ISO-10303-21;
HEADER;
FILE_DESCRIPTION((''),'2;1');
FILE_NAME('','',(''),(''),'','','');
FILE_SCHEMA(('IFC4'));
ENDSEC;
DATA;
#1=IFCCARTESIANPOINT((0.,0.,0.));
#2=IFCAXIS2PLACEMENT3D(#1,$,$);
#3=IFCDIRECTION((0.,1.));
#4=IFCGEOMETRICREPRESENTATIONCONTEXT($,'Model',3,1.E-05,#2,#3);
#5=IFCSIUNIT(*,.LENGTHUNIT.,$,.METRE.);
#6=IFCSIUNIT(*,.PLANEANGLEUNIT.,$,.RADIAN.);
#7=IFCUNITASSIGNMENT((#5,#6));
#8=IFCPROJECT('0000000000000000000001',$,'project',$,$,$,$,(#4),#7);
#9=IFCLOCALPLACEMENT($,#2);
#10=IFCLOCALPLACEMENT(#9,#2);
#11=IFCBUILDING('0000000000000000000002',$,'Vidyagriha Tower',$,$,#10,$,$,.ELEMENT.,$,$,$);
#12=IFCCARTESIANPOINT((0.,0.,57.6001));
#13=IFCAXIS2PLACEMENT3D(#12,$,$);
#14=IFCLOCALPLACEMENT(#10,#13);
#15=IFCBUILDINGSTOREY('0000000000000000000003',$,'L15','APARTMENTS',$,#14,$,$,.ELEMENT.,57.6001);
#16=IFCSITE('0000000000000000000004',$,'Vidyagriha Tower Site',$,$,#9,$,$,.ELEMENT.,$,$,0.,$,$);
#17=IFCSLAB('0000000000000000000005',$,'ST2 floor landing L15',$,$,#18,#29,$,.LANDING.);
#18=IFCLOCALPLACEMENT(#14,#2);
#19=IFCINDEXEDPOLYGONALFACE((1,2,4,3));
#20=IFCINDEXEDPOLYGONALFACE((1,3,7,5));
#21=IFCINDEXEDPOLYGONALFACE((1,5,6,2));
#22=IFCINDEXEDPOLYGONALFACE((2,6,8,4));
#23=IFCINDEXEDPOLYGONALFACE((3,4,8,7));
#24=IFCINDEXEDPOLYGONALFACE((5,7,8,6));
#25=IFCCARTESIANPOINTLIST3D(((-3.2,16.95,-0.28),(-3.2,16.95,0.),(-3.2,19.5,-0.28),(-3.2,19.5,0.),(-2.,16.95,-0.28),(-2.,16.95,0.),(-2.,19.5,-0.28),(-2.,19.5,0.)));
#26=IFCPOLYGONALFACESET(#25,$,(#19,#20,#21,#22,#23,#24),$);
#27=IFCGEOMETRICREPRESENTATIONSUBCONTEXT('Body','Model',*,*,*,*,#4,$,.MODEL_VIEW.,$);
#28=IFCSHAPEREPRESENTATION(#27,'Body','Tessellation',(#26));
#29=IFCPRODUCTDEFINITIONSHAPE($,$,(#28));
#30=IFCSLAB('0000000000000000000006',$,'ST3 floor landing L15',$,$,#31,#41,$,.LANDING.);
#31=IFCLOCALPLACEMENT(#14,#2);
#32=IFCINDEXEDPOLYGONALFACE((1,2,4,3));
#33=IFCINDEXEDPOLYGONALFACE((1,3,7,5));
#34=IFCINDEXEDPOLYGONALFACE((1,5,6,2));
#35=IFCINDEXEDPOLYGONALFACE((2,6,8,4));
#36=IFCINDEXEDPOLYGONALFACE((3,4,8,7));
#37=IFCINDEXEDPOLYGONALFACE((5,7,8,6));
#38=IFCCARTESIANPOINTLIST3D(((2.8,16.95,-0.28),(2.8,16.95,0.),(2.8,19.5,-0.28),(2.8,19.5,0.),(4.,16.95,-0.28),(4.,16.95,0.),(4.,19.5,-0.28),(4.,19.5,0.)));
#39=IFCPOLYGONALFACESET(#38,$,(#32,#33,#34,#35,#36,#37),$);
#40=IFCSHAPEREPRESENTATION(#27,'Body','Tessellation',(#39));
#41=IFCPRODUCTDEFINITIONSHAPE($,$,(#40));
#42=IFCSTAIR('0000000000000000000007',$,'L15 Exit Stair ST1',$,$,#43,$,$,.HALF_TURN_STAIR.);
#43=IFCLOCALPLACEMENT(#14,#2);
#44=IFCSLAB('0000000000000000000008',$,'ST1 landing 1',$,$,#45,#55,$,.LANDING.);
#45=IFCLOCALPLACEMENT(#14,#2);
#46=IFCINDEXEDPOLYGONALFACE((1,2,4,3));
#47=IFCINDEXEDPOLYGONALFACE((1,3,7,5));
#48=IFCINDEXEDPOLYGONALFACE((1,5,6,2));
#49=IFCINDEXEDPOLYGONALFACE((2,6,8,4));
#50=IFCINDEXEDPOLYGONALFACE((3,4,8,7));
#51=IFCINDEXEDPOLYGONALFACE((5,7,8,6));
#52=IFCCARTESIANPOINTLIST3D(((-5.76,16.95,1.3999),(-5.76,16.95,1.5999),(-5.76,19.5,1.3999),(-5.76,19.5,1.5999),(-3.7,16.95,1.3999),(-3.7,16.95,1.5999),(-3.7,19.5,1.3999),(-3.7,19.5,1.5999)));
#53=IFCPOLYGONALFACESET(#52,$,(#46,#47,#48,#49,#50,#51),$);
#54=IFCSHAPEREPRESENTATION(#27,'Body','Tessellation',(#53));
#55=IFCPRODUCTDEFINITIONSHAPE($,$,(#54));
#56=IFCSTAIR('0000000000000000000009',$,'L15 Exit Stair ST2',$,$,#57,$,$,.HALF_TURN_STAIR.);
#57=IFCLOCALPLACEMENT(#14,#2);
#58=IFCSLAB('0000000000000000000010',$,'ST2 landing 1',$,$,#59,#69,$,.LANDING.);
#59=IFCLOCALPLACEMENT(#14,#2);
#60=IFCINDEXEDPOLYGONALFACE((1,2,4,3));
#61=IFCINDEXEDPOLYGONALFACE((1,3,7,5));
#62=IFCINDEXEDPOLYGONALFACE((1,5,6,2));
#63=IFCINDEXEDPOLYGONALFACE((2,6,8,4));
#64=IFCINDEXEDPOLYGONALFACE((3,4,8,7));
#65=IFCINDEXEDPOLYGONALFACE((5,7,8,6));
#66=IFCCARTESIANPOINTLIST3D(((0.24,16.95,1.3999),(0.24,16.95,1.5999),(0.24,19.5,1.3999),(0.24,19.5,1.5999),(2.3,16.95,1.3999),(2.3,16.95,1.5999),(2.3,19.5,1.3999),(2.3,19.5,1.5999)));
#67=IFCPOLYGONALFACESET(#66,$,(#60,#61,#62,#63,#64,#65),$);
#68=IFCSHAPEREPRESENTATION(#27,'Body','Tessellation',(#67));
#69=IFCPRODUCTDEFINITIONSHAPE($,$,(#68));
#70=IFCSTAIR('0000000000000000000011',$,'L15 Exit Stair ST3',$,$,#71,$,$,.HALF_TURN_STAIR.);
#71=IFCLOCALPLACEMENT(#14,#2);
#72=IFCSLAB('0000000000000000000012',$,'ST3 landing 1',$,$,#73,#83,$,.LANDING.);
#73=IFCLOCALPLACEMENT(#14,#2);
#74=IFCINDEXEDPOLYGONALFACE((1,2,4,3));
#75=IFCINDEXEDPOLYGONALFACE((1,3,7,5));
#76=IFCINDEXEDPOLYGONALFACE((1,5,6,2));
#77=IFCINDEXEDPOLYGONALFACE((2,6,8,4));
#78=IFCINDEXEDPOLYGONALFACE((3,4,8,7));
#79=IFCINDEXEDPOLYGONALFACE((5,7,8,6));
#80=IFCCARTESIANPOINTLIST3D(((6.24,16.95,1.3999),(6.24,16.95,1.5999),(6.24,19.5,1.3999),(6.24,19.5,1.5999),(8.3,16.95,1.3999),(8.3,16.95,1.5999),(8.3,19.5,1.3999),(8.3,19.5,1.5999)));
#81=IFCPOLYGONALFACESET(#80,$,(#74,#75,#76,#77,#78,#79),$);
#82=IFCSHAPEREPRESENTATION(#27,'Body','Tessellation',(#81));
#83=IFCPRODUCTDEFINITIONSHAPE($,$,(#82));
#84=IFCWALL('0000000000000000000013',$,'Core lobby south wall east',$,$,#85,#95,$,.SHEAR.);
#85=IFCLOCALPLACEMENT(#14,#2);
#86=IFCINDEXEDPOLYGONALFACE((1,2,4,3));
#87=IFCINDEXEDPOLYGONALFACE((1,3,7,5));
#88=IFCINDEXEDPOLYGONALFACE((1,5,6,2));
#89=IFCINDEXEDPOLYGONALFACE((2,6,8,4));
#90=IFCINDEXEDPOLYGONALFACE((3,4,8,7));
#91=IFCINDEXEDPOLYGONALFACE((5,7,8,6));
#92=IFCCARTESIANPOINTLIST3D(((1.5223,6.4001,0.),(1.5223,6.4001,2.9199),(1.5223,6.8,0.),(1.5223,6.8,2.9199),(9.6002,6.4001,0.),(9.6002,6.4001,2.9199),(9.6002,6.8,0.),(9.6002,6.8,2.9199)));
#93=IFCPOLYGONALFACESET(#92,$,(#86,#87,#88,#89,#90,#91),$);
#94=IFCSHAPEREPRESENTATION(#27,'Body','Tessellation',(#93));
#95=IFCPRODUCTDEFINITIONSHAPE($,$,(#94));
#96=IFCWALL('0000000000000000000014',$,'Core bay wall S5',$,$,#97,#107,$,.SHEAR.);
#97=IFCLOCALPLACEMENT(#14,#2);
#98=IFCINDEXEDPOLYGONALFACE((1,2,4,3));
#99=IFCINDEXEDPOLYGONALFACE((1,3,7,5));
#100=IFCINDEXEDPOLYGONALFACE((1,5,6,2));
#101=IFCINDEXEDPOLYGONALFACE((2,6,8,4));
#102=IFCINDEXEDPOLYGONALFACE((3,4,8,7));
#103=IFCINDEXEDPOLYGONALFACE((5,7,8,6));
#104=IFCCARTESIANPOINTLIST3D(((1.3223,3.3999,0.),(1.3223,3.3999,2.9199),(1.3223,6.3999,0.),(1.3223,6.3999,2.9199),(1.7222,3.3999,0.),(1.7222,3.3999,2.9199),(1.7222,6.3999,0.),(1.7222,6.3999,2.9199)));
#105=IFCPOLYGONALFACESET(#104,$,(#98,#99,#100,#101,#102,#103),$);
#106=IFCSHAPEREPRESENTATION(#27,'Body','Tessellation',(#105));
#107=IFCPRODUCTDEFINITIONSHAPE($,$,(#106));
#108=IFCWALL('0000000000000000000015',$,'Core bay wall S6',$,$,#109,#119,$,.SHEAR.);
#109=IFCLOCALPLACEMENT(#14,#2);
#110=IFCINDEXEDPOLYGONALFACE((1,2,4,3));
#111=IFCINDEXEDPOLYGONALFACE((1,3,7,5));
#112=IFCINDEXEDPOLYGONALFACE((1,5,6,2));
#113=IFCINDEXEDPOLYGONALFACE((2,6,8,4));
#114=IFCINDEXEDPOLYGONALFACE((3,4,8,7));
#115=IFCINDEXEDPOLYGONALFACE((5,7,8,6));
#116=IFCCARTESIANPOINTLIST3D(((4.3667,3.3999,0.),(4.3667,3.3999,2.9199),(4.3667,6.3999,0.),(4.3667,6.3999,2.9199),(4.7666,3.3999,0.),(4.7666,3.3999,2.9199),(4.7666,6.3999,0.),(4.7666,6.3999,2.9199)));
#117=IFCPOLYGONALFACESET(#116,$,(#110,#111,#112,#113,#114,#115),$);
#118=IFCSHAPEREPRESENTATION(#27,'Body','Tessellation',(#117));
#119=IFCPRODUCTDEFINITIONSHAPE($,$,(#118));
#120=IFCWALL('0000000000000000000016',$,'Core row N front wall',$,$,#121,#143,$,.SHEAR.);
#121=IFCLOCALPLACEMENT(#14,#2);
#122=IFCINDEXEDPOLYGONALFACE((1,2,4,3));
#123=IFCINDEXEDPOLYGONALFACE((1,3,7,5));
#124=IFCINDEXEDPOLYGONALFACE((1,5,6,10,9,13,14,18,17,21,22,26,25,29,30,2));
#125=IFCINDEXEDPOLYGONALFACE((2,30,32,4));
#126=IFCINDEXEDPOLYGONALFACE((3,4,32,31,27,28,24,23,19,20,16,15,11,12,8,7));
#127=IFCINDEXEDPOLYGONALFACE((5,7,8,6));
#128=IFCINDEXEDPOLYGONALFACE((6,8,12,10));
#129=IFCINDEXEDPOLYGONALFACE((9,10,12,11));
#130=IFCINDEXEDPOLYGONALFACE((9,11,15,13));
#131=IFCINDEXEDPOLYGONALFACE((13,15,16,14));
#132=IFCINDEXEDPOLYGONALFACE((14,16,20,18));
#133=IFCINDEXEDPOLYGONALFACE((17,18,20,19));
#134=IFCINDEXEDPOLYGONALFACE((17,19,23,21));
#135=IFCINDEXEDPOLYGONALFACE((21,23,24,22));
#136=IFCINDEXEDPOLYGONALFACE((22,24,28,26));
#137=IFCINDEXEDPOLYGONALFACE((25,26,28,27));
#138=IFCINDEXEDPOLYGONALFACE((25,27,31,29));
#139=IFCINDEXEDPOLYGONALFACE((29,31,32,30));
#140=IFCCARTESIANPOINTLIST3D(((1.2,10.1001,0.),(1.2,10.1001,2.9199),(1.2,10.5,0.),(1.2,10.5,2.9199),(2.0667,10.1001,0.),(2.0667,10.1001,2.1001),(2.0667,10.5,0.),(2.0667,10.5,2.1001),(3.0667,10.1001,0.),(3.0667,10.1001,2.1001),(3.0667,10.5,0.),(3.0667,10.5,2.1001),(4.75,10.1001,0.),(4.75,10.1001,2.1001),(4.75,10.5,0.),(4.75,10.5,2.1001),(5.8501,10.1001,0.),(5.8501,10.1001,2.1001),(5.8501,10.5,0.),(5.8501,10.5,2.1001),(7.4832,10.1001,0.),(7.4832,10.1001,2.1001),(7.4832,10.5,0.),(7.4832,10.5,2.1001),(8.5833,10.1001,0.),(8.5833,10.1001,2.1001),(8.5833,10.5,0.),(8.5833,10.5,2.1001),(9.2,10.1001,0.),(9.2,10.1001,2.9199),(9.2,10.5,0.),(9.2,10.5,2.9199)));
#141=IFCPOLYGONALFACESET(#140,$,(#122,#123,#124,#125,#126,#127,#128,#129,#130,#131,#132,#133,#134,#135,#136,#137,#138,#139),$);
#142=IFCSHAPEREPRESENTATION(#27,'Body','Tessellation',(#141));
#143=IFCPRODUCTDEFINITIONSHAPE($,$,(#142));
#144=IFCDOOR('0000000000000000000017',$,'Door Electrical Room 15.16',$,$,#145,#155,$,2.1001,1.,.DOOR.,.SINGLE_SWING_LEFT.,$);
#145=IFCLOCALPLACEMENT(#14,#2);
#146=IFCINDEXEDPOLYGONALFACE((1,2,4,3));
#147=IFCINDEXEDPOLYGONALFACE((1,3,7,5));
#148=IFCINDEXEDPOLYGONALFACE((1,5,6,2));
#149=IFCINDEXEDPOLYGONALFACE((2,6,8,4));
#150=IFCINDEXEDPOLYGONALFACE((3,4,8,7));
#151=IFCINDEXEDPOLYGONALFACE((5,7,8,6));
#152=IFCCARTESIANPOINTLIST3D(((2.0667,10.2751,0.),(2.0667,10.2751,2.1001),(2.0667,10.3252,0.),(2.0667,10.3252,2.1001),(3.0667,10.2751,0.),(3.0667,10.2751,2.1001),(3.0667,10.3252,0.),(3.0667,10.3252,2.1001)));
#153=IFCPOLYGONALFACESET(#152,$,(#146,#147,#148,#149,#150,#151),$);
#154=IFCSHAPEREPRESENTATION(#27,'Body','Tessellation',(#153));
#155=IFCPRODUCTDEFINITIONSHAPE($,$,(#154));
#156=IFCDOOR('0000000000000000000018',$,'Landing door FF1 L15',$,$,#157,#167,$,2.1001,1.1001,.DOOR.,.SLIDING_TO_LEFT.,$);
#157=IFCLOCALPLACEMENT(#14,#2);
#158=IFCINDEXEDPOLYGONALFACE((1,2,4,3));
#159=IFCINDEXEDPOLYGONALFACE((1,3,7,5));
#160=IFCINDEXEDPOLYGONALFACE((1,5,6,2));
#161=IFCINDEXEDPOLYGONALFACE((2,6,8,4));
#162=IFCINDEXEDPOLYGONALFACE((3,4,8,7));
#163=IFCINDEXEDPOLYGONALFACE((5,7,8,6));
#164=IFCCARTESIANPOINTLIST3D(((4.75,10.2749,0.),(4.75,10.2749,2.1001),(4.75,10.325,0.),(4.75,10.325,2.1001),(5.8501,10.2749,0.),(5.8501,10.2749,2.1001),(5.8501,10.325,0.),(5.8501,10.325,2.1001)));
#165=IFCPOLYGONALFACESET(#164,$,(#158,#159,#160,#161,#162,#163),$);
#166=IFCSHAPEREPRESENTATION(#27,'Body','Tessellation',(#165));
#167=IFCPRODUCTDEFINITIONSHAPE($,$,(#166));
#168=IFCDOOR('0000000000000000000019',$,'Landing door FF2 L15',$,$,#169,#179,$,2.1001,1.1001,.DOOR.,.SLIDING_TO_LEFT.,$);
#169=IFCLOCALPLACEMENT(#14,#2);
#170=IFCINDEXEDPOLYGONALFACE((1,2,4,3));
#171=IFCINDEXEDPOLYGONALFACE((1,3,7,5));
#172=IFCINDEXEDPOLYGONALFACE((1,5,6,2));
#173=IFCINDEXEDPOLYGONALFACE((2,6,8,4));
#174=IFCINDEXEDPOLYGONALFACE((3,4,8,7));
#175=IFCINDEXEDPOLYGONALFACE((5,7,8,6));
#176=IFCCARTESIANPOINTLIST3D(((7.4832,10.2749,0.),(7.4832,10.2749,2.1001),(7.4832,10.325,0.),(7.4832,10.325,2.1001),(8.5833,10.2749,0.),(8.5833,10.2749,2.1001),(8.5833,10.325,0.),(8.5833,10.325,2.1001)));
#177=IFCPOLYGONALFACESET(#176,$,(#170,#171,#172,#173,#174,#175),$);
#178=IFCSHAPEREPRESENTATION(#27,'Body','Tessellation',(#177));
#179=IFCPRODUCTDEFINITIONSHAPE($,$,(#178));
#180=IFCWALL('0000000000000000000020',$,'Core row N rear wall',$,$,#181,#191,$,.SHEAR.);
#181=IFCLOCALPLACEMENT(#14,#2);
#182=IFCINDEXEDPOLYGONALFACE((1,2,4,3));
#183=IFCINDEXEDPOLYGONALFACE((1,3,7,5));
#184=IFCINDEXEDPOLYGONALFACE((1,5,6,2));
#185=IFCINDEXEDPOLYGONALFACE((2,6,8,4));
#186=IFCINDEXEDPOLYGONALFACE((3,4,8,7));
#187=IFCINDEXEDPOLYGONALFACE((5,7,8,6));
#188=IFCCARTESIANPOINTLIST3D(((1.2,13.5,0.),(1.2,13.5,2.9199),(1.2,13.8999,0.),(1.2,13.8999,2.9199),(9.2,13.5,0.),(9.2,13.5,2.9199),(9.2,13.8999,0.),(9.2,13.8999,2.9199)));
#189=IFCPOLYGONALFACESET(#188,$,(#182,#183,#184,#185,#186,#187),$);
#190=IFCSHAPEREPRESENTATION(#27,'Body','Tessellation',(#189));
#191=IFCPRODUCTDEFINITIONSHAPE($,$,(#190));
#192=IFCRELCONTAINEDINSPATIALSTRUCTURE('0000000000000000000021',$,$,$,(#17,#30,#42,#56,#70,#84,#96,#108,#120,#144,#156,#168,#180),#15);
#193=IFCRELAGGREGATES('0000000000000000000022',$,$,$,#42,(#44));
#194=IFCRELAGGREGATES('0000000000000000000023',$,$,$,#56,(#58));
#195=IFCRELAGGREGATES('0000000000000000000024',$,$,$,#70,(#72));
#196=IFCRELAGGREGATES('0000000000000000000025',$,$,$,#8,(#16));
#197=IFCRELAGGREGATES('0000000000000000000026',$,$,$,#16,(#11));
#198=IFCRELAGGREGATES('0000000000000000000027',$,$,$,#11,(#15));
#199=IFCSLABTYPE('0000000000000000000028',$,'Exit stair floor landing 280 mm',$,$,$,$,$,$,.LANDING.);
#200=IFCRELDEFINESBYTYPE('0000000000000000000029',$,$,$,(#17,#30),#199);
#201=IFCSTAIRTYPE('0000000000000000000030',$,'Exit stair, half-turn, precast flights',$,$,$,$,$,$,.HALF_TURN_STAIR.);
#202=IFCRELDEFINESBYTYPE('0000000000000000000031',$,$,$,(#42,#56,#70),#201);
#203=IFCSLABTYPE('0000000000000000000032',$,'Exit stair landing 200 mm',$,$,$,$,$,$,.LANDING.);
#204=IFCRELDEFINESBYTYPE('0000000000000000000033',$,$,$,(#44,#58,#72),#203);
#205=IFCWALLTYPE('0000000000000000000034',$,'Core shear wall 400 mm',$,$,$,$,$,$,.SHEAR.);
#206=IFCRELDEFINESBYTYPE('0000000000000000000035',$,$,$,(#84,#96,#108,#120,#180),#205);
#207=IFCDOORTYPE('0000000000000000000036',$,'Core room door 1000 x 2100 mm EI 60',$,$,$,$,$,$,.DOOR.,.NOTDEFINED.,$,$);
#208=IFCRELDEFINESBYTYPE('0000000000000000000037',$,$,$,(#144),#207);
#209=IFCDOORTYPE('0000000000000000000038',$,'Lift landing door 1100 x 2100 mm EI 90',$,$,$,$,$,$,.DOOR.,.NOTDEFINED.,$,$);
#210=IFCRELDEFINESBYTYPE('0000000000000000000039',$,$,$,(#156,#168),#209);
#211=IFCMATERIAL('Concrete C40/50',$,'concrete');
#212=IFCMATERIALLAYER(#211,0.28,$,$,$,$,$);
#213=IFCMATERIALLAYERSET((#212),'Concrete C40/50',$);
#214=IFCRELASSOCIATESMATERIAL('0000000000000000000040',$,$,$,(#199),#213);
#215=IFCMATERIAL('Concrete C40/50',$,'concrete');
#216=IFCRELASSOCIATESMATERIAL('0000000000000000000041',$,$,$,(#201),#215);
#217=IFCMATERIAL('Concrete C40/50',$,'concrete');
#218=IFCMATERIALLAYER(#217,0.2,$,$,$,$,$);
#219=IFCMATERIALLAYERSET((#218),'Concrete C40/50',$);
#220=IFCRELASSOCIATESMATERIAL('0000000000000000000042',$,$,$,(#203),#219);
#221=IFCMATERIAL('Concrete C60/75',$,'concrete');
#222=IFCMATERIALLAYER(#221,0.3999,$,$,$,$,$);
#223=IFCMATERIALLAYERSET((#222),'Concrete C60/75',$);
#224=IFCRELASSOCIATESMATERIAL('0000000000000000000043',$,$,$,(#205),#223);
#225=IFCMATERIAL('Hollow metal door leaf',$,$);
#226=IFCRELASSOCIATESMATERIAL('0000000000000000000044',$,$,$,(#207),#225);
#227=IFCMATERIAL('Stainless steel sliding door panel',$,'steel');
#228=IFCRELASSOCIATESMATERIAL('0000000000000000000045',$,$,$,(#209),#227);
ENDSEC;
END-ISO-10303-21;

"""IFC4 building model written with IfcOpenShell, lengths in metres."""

from ifc_helpers import new_model, si_unit, direction, frame, frame_2d, origin, place, context, subcontext, project, spatial, polyline, rectangle, outline, extrude, material, layer, layer_set, type_object, element, fill, aggregate, save


model = new_model("IFC4")

# Units and contexts
model_context = context("Model", 3, precision=1e-05, world=origin(), true_north=direction((0.0, 1.0)))
body_context = subcontext(model_context, "Body", "Model", "MODEL_VIEW")
ifc_project = project(units=[si_unit("LENGTHUNIT", "METRE"), si_unit("PLANEANGLEUNIT", "RADIAN")], contexts=[model_context])

# Site, building, storey
site_placement = place(None, origin())
site = spatial("IfcSite", under=ifc_project, at=site_placement, Name="Vidyagriha Tower Site", CompositionType="ELEMENT", RefElevation=0.0)
building_placement = place(site_placement, origin())
building = spatial("IfcBuilding", under=site, at=building_placement, Name="Vidyagriha Tower", CompositionType="ELEMENT")
storey_placement = place(building_placement, frame((0.0, 0.0, 57.6001)))
storey = spatial("IfcBuildingStorey", under=building, at=storey_placement, Name="L15", Description="APARTMENTS", CompositionType="ELEMENT", Elevation=57.6001)

# Slabs
ifc_material_1 = material(Name="Concrete C40/50", Category="concrete")
ifc_layer_1 = layer(ifc_material_1, 0.28)
ifc_layer_set_1 = layer_set([ifc_layer_1], Name="Concrete C40/50")
slab_type_1 = type_object("IfcSlabType", Name="Exit stair floor landing 280 mm", PredefinedType="LANDING", material=ifc_layer_set_1)
slab_1_placement = place(storey_placement, frame((0.0, 0.0, -0.28)))
element("IfcSlab", 1, at=slab_1_placement, inside=storey, type_object=slab_type_1, Name="ST2 floor landing L15", PredefinedType="LANDING", context=body_context, shape_type="SweptSolid", body=[
    extrude(outline(polyline([(-3.2, 16.95), (-2.0, 16.95), (-2.0, 19.5), (-3.2, 19.5), (-3.2, 16.95)])), origin(), (0.0, 0.0, 1.0), 0.28),
])
slab_2_placement = place(storey_placement, frame((0.0, 0.0, -0.28)))
element("IfcSlab", 2, at=slab_2_placement, inside=storey, type_object=slab_type_1, Name="ST3 floor landing L15", PredefinedType="LANDING", context=body_context, shape_type="SweptSolid", body=[
    extrude(outline(polyline([(2.8, 16.95), (4.0, 16.95), (4.0, 19.5), (2.8, 19.5), (2.8, 16.95)])), origin(), (0.0, 0.0, 1.0), 0.28),
])

# Stairs, slabs
ifc_material_2 = material(Name="Concrete C40/50", Category="concrete")
stair_type = type_object("IfcStairType", Name="Exit stair, half-turn, precast flights", PredefinedType="HALF_TURN_STAIR", material=ifc_material_2)
stair_1_placement = place(storey_placement, origin())
stair_1 = element("IfcStair", 3, at=stair_1_placement, inside=storey, type_object=stair_type, Name="L15 Exit Stair ST1", PredefinedType="HALF_TURN_STAIR")
ifc_material_3 = material(Name="Concrete C40/50", Category="concrete")
ifc_layer_2 = layer(ifc_material_3, 0.2)
ifc_layer_set_2 = layer_set([ifc_layer_2], Name="Concrete C40/50")
slab_type_2 = type_object("IfcSlabType", Name="Exit stair landing 200 mm", PredefinedType="LANDING", material=ifc_layer_set_2)
slab_3_placement = place(storey_placement, frame((0.0, 0.0, 1.3999)))
slab_3 = element("IfcSlab", 4, at=slab_3_placement, type_object=slab_type_2, Name="ST1 landing 1", PredefinedType="LANDING", context=body_context, shape_type="SweptSolid", body=[
    extrude(outline(polyline([(-5.76, 16.95), (-3.7, 16.95), (-3.7, 19.5), (-5.76, 19.5), (-5.76, 16.95)])), origin(), (0.0, 0.0, 1.0), 0.2),
])
aggregate(stair_1, [slab_3])
stair_2_placement = place(storey_placement, origin())
stair_2 = element("IfcStair", 5, at=stair_2_placement, inside=storey, type_object=stair_type, Name="L15 Exit Stair ST2", PredefinedType="HALF_TURN_STAIR")
slab_4_placement = place(storey_placement, frame((0.0, 0.0, 1.3999)))
slab_4 = element("IfcSlab", 6, at=slab_4_placement, type_object=slab_type_2, Name="ST2 landing 1", PredefinedType="LANDING", context=body_context, shape_type="SweptSolid", body=[
    extrude(outline(polyline([(0.24, 16.95), (2.3, 16.95), (2.3, 19.5), (0.24, 19.5), (0.24, 16.95)])), origin(), (0.0, 0.0, 1.0), 0.2),
])
aggregate(stair_2, [slab_4])
stair_3_placement = place(storey_placement, origin())
stair_3 = element("IfcStair", 7, at=stair_3_placement, inside=storey, type_object=stair_type, Name="L15 Exit Stair ST3", PredefinedType="HALF_TURN_STAIR")
slab_5_placement = place(storey_placement, frame((0.0, 0.0, 1.3999)))
slab_5 = element("IfcSlab", 8, at=slab_5_placement, type_object=slab_type_2, Name="ST3 landing 1", PredefinedType="LANDING", context=body_context, shape_type="SweptSolid", body=[
    extrude(outline(polyline([(6.24, 16.95), (8.3, 16.95), (8.3, 19.5), (6.24, 19.5), (6.24, 16.95)])), origin(), (0.0, 0.0, 1.0), 0.2),
])
aggregate(stair_3, [slab_5])

# Walls
ifc_material_4 = material(Name="Concrete C60/75", Category="concrete")
ifc_layer_3 = layer(ifc_material_4, 0.3999)
ifc_layer_set_3 = layer_set([ifc_layer_3], Name="Concrete C60/75")
wall_type_1 = type_object("IfcWallType", Name="Core shear wall 400 mm", PredefinedType="SHEAR", material=ifc_layer_set_3)
wall_1_placement = place(storey_placement, frame((1.5222, 6.6001, 0.0)))
element("IfcWall", 9, at=wall_1_placement, inside=storey, type_object=wall_type_1, Name="Core lobby south wall east", PredefinedType="SHEAR", context=body_context, shape_type="SweptSolid", body=[
    extrude(rectangle(XDim=8.0779, YDim=0.3999, at=frame_2d((4.0391, 0.0))), origin(), (0.0, 0.0, 1.0), 2.9199),
])
for number, where, z_axis, x_axis, name in (
    (10, (1.5222, 3.3999, 0.0), (0.0, 0.0, 1.0), (0.0, 1.0, 0.0), "Core bay wall S5"),
    (11, (4.5667, 3.3999, 0.0), (0.0, 0.0, 1.0), (0.0, 1.0, 0.0), "Core bay wall S6"),
):
    element("IfcWall", number, at=place(storey_placement, frame(where, z_axis=z_axis, x_axis=x_axis)), inside=storey, type_object=wall_type_1, Name=name, PredefinedType="SHEAR", context=body_context, shape_type="SweptSolid", body=[
        extrude(rectangle(XDim=3.0, YDim=0.3999, at=frame_2d((1.5, 0.0))), origin(), (0.0, 0.0, 1.0), 2.9199),
    ])

# Wall, openings, doors
wall_2_placement = place(storey_placement, frame((1.2, 10.3, 0.0)))
wall_2 = element("IfcWall", 12, at=wall_2_placement, inside=storey, type_object=wall_type_1, Name="Core row N front wall", PredefinedType="SHEAR", context=body_context, shape_type="SweptSolid", body=[
    extrude(rectangle(XDim=8.0, YDim=0.3999, at=frame_2d((4.0, 0.0))), origin(), (0.0, 0.0, 1.0), 2.9199),
])
opening_1_placement = place(wall_2_placement, frame((3.55, 0.0, 0.0)))
opening_1 = element("IfcOpeningElement", 13, at=opening_1_placement, cuts=wall_2, PredefinedType="OPENING", context=body_context, shape_type="SweptSolid", body=[
    extrude(rectangle(XDim=1.1001, YDim=2.1001, at=frame_2d((0.55, 1.05))), frame((0.0, 0.21, 0.0), z_axis=(0.0, -1.0, 0.0), x_axis=(1.0, 0.0, 0.0)), (0.0, 0.0, 1.0), 0.4199),
])
opening_2_placement = place(wall_2_placement, frame((6.2832, 0.0, 0.0)))
opening_2 = element("IfcOpeningElement", 14, at=opening_2_placement, cuts=wall_2, PredefinedType="OPENING", context=body_context, shape_type="SweptSolid", body=[
    extrude(rectangle(XDim=1.1001, YDim=2.1001, at=frame_2d((0.55, 1.05))), frame((0.0, 0.21, 0.0), z_axis=(0.0, -1.0, 0.0), x_axis=(1.0, 0.0, 0.0)), (0.0, 0.0, 1.0), 0.4199),
])
opening_3_placement = place(wall_2_placement, frame((0.8667, 0.0, 0.0)))
opening_3 = element("IfcOpeningElement", 15, at=opening_3_placement, cuts=wall_2, PredefinedType="OPENING", context=body_context, shape_type="SweptSolid", body=[
    extrude(rectangle(XDim=1.0, YDim=2.1001, at=frame_2d((0.5, 1.05))), frame((0.0, 0.21, 0.0), z_axis=(0.0, -1.0, 0.0), x_axis=(1.0, 0.0, 0.0)), (0.0, 0.0, 1.0), 0.4199),
])
ifc_material_5 = material(Name="Hollow metal door leaf")
door_type_1 = type_object("IfcDoorType", Name="Core room door 1000 x 2100 mm EI 60", OperationType="NOTDEFINED", PredefinedType="DOOR", material=ifc_material_5)
door_1_placement = place(opening_3_placement, frame((1.0, 0.0, 0.0), z_axis=(0.0, 0.0, 1.0), x_axis=(-1.0, 0.0, 0.0)))
door_1 = element("IfcDoor", 16, at=door_1_placement, inside=storey, type_object=door_type_1, Name="Door Electrical Room 15.16", OperationType="SINGLE_SWING_LEFT", OverallHeight=2.1001, OverallWidth=1.0, PredefinedType="DOOR", context=body_context, shape_type="SweptSolid", body=[
    extrude(rectangle(XDim=1.0, YDim=2.1001, at=frame_2d((0.5, 1.05))), frame((0.0, 0.0249, 0.0), z_axis=(0.0, -1.0, 0.0), x_axis=(1.0, 0.0, 0.0)), (0.0, 0.0, 1.0), 0.05),
])
fill(opening_3, door_1)
ifc_material_6 = material(Name="Stainless steel sliding door panel", Category="steel")
door_type_2 = type_object("IfcDoorType", Name="Lift landing door 1100 x 2100 mm EI 90", OperationType="NOTDEFINED", PredefinedType="DOOR", material=ifc_material_6)
door_2_placement = place(opening_1_placement, origin())
door_2 = element("IfcDoor", 17, at=door_2_placement, inside=storey, type_object=door_type_2, Name="Landing door FF1 L15", OperationType="SLIDING_TO_LEFT", OverallHeight=2.1001, OverallWidth=1.1001, PredefinedType="DOOR", context=body_context, shape_type="SweptSolid", body=[
    extrude(rectangle(XDim=1.1001, YDim=2.1001, at=frame_2d((0.55, 1.05))), frame((0.0, 0.0249, 0.0), z_axis=(0.0, -1.0, 0.0), x_axis=(1.0, 0.0, 0.0)), (0.0, 0.0, 1.0), 0.05),
])
fill(opening_1, door_2)
door_3_placement = place(opening_2_placement, origin())
door_3 = element("IfcDoor", 18, at=door_3_placement, inside=storey, type_object=door_type_2, Name="Landing door FF2 L15", OperationType="SLIDING_TO_LEFT", OverallHeight=2.1001, OverallWidth=1.1001, PredefinedType="DOOR", context=body_context, shape_type="SweptSolid", body=[
    extrude(rectangle(XDim=1.1001, YDim=2.1001, at=frame_2d((0.55, 1.05))), frame((0.0, 0.0249, 0.0), z_axis=(0.0, -1.0, 0.0), x_axis=(1.0, 0.0, 0.0)), (0.0, 0.0, 1.0), 0.05),
])
fill(opening_2, door_3)

# Wall
wall_3_placement = place(storey_placement, frame((1.2, 13.7, 0.0)))
element("IfcWall", 19, at=wall_3_placement, inside=storey, type_object=wall_type_1, Name="Core row N rear wall", PredefinedType="SHEAR", context=body_context, shape_type="SweptSolid", body=[
    extrude(rectangle(XDim=8.0, YDim=0.3999, at=frame_2d((4.0, 0.0))), origin(), (0.0, 0.0, 1.0), 2.9199),
])

save(model, "model.ifc")
